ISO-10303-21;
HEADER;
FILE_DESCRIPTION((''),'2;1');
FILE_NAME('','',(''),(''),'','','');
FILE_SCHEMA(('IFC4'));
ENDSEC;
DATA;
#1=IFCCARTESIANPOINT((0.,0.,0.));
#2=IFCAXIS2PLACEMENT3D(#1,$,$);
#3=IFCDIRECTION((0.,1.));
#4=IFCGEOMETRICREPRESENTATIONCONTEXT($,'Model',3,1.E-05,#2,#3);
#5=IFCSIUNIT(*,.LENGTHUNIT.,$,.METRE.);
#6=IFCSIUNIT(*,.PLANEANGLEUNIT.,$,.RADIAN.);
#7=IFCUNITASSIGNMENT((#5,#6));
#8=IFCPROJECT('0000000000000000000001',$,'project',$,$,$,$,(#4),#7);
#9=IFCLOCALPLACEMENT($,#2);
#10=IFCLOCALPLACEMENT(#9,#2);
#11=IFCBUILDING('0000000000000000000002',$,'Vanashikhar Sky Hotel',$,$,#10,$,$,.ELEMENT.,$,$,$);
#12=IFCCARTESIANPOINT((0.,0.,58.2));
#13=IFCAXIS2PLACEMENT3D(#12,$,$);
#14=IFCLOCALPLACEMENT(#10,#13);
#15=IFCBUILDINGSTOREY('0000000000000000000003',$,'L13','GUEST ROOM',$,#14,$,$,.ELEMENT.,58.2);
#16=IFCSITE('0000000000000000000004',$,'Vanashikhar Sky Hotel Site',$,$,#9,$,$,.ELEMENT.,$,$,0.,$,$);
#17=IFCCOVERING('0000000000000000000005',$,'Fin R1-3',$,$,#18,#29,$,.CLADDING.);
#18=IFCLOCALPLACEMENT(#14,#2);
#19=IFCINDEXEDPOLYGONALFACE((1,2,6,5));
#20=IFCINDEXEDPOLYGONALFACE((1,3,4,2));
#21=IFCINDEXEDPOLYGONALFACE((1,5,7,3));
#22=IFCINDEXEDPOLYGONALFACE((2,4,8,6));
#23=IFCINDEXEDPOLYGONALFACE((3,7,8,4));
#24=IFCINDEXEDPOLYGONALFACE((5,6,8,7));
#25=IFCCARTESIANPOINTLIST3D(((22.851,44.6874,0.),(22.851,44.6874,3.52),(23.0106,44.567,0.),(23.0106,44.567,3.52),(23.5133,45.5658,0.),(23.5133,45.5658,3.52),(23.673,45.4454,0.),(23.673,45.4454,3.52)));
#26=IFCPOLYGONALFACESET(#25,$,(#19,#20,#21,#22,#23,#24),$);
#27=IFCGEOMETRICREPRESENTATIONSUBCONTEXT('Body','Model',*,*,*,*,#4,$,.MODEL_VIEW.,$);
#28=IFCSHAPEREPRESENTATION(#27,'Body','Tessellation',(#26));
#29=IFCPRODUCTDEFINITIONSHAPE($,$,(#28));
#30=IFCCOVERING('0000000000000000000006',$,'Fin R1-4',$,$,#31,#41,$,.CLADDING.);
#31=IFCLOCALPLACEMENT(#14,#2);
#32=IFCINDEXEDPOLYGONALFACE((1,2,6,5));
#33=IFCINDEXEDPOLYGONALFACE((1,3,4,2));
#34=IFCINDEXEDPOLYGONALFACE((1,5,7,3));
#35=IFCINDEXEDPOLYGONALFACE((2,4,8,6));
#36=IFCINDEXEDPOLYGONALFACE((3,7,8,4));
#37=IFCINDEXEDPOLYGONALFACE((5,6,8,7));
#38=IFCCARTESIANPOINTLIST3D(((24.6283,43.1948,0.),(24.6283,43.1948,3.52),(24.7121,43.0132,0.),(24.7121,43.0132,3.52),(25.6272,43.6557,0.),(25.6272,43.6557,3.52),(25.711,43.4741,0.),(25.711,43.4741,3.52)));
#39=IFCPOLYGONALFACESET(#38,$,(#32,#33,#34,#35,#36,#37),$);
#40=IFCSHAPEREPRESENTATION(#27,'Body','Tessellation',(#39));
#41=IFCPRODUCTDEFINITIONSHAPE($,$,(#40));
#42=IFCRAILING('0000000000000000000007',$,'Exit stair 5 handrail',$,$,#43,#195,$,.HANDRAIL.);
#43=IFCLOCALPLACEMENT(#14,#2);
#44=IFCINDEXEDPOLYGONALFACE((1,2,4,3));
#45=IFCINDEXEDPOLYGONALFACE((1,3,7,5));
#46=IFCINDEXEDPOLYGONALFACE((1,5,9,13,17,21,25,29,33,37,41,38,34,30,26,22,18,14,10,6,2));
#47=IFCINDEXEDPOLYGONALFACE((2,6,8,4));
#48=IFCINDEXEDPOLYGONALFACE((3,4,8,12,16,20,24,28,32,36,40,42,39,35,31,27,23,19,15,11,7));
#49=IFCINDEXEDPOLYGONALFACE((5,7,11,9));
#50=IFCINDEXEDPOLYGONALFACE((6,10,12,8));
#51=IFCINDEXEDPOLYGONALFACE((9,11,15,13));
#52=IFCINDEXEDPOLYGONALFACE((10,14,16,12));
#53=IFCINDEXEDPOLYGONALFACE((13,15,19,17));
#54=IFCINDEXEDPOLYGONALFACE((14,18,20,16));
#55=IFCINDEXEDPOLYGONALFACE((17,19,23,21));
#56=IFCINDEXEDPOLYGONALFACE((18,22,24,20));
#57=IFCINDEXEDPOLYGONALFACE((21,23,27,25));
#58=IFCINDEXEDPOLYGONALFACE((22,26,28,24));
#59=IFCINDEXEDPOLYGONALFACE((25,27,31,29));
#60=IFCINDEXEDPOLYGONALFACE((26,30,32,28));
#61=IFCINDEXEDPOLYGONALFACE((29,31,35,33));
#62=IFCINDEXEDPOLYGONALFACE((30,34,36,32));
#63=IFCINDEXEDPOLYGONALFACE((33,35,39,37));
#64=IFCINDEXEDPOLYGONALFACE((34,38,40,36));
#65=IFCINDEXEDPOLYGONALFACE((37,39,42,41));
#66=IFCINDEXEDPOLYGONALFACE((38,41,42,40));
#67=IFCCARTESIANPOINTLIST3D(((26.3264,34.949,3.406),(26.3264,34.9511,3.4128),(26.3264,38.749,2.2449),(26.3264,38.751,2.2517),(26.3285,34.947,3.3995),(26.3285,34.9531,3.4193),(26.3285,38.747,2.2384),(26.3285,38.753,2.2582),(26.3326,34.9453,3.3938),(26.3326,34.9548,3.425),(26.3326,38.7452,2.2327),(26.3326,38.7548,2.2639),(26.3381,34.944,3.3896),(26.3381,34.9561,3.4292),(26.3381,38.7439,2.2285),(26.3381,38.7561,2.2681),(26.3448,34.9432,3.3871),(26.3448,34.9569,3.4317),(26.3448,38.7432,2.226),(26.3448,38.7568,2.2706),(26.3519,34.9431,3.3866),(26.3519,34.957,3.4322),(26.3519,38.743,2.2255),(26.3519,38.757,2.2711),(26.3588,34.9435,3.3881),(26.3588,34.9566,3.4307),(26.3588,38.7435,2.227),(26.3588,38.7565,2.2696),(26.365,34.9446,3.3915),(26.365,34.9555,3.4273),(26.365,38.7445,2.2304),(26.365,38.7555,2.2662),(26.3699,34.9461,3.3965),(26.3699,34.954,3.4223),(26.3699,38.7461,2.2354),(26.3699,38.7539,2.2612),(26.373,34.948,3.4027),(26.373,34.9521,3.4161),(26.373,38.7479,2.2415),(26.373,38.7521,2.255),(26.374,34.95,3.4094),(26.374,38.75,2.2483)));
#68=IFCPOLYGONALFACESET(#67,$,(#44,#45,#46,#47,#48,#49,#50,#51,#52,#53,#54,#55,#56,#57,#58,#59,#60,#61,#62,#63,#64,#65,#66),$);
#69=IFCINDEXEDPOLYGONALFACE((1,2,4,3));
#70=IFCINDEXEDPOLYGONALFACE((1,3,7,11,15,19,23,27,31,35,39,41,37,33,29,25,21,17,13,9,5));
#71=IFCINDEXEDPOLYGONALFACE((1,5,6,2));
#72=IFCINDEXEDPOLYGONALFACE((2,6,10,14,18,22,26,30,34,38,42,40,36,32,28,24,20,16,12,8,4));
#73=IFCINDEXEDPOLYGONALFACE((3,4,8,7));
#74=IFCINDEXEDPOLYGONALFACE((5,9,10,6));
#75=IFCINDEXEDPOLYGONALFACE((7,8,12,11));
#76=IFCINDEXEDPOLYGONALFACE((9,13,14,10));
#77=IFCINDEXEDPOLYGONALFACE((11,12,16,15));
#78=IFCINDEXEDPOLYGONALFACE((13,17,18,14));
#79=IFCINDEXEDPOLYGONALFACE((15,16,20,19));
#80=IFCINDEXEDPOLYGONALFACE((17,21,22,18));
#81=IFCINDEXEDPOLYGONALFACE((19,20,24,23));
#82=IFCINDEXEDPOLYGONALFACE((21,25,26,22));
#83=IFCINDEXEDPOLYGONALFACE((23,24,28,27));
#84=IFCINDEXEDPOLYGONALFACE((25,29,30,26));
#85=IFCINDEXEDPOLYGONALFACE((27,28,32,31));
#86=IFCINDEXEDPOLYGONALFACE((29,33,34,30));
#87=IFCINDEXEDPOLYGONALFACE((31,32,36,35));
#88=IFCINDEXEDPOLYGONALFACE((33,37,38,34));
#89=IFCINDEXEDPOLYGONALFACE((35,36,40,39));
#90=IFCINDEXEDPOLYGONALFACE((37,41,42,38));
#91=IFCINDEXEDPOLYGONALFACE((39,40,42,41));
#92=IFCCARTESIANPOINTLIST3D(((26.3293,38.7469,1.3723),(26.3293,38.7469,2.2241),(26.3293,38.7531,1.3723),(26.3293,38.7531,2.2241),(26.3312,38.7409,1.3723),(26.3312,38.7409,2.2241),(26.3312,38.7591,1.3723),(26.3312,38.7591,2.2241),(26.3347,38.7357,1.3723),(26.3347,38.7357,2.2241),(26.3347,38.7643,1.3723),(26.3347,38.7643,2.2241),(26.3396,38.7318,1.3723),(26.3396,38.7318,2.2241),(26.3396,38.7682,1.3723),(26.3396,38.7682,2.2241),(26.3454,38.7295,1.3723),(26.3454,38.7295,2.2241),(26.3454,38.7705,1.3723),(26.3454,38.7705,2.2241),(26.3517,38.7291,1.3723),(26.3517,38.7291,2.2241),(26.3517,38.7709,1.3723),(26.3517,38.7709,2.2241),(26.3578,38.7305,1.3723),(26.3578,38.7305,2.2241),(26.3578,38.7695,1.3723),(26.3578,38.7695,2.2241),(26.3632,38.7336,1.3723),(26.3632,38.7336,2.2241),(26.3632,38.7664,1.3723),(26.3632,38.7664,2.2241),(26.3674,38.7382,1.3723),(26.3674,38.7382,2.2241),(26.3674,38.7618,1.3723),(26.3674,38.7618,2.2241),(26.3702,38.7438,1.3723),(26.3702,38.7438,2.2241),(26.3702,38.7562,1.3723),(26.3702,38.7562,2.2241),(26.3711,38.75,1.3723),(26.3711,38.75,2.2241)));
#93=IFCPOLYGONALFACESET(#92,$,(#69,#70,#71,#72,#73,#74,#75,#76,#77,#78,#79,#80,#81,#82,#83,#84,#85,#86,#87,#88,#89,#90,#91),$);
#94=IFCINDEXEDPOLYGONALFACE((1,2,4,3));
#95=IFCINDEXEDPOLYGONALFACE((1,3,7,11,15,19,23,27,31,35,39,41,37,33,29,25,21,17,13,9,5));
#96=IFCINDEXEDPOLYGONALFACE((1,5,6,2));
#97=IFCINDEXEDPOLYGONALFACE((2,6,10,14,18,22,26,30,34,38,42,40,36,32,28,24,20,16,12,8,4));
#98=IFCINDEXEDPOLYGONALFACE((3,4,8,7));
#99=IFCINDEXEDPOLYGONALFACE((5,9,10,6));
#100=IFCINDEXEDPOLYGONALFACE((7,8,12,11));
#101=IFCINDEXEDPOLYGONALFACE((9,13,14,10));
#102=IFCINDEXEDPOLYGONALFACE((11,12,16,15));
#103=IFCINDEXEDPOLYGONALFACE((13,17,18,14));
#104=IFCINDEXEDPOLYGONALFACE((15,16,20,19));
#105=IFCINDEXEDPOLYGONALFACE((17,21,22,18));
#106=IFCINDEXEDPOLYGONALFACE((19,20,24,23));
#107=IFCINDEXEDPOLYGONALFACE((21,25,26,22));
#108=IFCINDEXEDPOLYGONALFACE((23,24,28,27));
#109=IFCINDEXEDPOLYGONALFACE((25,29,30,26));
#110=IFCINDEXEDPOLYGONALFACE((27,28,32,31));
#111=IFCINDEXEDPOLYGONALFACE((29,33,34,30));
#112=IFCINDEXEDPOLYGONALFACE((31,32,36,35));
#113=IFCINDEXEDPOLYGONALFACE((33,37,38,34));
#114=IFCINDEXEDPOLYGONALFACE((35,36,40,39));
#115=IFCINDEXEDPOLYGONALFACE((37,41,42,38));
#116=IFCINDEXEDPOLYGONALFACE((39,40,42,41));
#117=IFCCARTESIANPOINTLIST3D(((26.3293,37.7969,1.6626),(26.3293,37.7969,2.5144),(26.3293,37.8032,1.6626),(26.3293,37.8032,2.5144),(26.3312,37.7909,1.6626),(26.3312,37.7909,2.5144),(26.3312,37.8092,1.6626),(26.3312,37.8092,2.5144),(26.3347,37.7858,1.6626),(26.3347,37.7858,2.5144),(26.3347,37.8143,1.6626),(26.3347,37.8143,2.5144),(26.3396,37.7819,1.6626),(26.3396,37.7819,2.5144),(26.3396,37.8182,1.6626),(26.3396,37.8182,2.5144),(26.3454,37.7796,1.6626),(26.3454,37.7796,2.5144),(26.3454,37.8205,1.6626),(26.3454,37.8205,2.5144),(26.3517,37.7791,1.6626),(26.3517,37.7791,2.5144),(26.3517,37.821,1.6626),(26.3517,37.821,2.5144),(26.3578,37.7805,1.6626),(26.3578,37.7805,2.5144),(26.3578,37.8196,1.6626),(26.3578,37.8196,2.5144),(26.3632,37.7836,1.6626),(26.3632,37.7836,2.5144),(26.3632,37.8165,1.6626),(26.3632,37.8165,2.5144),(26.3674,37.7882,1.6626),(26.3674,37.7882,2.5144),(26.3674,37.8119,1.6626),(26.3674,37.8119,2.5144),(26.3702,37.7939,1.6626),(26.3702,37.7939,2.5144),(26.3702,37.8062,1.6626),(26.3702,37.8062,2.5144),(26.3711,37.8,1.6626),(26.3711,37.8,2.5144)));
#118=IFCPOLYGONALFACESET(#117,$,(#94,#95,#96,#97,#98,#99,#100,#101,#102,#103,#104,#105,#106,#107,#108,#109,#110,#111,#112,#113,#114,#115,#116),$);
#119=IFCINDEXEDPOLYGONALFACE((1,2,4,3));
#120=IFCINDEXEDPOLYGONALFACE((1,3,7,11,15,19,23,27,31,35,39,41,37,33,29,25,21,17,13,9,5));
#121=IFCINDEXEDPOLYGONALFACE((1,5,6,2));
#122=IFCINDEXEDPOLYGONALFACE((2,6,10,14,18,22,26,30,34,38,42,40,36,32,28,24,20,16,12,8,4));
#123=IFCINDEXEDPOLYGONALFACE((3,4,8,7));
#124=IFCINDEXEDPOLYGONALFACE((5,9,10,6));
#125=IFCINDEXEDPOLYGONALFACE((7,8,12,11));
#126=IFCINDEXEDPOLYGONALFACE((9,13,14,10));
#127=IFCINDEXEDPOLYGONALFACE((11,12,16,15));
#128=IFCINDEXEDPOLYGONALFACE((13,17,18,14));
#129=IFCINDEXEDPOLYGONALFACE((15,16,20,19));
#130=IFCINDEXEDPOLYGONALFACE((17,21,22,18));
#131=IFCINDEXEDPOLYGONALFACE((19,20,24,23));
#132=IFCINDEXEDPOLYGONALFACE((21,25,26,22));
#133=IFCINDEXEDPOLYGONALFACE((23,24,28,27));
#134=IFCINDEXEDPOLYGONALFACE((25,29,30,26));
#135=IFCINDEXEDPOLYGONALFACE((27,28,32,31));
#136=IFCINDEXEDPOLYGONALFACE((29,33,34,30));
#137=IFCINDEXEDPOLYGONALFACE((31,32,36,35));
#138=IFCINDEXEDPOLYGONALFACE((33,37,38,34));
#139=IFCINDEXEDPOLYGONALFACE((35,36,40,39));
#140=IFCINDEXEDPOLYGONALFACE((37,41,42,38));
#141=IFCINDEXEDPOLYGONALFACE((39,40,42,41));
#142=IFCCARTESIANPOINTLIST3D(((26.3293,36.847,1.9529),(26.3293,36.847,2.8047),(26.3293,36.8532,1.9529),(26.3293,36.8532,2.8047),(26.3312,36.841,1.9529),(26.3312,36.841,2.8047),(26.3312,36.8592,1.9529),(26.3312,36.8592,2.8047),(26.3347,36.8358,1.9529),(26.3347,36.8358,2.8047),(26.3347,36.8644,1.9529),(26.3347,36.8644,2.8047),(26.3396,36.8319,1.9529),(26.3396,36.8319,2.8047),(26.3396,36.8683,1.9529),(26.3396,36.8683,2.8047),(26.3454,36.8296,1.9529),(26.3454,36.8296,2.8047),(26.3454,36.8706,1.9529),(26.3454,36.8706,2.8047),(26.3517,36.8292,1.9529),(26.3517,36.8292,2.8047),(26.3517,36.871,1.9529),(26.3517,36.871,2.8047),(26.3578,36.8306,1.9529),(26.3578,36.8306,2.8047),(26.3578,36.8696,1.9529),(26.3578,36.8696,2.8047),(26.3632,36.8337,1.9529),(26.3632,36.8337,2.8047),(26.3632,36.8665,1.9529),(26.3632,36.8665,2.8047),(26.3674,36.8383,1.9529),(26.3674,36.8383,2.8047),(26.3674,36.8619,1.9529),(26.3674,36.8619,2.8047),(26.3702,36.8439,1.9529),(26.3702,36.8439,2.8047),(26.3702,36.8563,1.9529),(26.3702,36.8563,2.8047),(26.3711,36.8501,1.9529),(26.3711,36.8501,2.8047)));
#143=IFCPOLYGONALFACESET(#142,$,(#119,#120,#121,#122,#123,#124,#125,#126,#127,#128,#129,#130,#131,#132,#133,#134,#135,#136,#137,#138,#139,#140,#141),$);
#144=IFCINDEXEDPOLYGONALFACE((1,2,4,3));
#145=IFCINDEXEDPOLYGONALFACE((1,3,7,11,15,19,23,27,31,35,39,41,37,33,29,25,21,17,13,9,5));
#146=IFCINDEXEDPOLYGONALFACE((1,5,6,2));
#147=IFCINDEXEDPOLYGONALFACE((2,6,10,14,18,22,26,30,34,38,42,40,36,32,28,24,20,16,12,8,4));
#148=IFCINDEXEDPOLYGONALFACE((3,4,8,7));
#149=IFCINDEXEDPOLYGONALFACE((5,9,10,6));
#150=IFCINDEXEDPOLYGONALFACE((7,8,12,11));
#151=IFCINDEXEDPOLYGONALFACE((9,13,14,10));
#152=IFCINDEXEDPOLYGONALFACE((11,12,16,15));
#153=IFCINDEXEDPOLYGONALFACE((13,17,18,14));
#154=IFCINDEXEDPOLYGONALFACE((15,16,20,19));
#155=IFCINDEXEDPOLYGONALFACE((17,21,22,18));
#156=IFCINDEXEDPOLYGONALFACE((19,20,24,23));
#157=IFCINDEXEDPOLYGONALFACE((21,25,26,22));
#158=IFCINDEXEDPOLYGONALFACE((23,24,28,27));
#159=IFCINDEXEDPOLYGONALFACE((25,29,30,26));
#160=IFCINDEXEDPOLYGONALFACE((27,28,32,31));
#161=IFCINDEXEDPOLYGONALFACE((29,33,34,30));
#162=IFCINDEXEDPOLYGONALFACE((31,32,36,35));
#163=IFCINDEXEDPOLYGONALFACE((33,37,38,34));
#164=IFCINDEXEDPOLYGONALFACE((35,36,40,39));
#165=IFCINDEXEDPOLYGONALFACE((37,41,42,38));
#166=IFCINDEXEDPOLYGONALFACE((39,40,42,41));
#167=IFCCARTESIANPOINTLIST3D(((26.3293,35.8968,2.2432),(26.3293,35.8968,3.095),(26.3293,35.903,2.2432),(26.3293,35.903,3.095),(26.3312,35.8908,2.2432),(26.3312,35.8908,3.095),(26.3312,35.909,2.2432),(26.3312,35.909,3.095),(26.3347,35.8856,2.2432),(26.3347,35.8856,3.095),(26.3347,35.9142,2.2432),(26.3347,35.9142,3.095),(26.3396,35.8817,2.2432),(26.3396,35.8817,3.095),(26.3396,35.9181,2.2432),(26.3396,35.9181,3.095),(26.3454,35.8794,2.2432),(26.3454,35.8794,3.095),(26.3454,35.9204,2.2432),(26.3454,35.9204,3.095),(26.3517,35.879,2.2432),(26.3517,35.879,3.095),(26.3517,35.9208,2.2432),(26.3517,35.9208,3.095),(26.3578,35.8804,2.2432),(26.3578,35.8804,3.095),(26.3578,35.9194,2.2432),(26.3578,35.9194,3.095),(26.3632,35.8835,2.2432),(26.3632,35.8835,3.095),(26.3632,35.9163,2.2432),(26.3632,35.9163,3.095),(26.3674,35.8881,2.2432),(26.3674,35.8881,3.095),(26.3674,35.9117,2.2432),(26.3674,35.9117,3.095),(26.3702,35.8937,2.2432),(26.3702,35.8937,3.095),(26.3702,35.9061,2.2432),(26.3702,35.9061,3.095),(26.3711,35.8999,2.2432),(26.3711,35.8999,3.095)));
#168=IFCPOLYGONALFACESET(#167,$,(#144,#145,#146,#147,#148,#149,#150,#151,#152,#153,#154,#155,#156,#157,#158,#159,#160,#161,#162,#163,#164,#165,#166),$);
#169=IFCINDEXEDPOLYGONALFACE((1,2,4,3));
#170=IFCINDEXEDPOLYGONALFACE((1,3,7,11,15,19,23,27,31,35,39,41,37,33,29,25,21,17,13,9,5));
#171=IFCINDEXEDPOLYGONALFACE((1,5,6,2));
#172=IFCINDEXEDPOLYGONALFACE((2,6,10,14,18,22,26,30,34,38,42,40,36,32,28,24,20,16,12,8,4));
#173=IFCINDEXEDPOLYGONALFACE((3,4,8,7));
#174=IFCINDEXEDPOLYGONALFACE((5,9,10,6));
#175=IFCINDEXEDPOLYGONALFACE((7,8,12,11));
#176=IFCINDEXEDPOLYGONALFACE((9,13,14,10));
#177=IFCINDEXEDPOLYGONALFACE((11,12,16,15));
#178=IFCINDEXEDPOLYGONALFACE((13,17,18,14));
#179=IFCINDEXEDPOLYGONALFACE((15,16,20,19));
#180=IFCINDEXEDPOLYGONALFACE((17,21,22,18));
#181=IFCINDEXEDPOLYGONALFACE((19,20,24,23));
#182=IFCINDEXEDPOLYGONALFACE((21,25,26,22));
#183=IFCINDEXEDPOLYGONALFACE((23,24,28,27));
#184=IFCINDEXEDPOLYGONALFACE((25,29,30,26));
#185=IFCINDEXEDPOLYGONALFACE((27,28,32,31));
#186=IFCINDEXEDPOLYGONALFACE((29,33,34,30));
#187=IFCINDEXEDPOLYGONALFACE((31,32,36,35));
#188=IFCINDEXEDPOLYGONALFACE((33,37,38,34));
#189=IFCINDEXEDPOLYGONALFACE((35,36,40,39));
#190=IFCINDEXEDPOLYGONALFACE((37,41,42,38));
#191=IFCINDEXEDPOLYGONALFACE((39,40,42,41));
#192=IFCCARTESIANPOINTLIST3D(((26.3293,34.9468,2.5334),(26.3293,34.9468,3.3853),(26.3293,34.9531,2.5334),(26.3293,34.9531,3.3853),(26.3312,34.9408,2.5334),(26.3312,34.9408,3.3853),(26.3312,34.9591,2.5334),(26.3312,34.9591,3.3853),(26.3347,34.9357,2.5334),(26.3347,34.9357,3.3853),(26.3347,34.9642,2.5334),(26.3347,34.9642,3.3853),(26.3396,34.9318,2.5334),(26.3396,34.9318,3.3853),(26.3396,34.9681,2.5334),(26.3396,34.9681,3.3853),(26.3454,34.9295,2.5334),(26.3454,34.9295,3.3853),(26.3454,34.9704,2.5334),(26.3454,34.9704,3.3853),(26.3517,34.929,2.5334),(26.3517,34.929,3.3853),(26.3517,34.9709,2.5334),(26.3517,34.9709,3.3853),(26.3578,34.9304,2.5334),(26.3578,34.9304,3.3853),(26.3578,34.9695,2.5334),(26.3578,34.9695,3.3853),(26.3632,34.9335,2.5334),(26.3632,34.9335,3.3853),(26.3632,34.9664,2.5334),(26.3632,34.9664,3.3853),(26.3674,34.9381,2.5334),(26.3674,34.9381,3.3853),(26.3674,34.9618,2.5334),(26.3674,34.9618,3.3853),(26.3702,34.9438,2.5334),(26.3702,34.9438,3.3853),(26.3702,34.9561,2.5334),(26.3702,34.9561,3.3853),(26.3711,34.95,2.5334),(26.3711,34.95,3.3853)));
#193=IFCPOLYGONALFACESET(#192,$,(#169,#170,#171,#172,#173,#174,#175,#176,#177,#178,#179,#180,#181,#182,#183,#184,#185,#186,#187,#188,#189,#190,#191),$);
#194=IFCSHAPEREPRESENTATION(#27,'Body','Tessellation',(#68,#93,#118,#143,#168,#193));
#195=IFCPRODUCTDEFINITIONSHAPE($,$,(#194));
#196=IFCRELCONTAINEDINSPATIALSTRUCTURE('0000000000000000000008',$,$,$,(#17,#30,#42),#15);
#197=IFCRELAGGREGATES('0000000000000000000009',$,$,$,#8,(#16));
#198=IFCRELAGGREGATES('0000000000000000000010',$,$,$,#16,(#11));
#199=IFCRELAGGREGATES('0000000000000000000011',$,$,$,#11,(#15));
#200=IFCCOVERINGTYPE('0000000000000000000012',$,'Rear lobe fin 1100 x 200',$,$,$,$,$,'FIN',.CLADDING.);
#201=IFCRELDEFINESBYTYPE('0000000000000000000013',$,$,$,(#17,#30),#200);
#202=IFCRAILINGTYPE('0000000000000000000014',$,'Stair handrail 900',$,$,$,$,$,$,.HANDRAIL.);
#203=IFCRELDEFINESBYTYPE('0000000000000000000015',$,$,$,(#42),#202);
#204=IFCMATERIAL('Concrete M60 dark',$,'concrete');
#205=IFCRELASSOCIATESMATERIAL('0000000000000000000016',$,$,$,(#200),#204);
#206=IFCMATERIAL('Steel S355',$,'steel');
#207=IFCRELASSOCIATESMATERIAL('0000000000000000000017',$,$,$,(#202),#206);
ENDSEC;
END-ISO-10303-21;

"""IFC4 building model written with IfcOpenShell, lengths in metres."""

from ifc_helpers import new_model, si_unit, direction, frame, origin, origin_2d, place, context, subcontext, project, spatial, rectangle, circle, extrude, source, transform, mapped, material, material_profile, profile_set, type_object, element, save


model = new_model("IFC4")

# Units and contexts
model_context = context("Model", 3, precision=1e-05, world=origin(), true_north=direction((0.0, 1.0)))
body_context = subcontext(model_context, "Body", "Model", "MODEL_VIEW")
ifc_project = project(units=[si_unit("LENGTHUNIT", "METRE"), si_unit("PLANEANGLEUNIT", "RADIAN")], contexts=[model_context])

# Site, building, storey
site_placement = place(None, origin())
site = spatial("IfcSite", under=ifc_project, at=site_placement, Name="Vanashikhar Sky Hotel Site", CompositionType="ELEMENT", RefElevation=0.0)
building_placement = place(site_placement, origin())
building = spatial("IfcBuilding", under=site, at=building_placement, Name="Vanashikhar Sky Hotel", CompositionType="ELEMENT")
storey_placement = place(building_placement, frame((0.0, 0.0, 58.2)))
storey = spatial("IfcBuildingStorey", under=building, at=storey_placement, Name="L13", Description="GUEST ROOM", CompositionType="ELEMENT", Elevation=58.2)

# Coverings
ifc_material_1 = material(Name="Concrete M60 dark", Category="concrete")
ifc_material_profile = material_profile(ifc_material_1, rectangle(XDim=1.1001, YDim=0.2, at=origin_2d()))
ifc_profile_set = profile_set([ifc_material_profile], Name="Rear lobe fin 1100 x 200")
covering_type = type_object("IfcCoveringType", Name="Rear lobe fin 1100 x 200", ElementType="FIN", PredefinedType="CLADDING", material=ifc_profile_set)
shared_shape_1 = source(origin(), body_context, "Body", "SweptSolid", [
    extrude(rectangle(XDim=1.1001, YDim=0.2, at=origin_2d()), origin(), (0.0, 0.0, 1.0), 3.52),
])
for number, where, z_axis, x_axis, name in (
    (1, (23.262, 45.0664, 0.0), (0.0, 0.0, 1.0), (0.602066, 0.798446, 0.0), "Fin R1-3"),
    (2, (25.1697, 43.3345, 0.0), (0.0, 0.0, 1.0), (0.908004, 0.418961, 0.0), "Fin R1-4"),
):
    element("IfcCovering", number, at=place(storey_placement, frame(where, z_axis=z_axis, x_axis=x_axis)), inside=storey, type_object=covering_type, Name=name, PredefinedType="CLADDING", context=body_context, shape_type="MappedRepresentation", body=[
        mapped(shared_shape_1, transform((0.0, 0.0, 0.0), scale=1.0)),
    ])

# Railing
ifc_material_2 = material(Name="Steel S355", Category="steel")
railing_type = type_object("IfcRailingType", Name="Stair handrail 900", PredefinedType="HANDRAIL", material=ifc_material_2)
shared_shape_2 = source(origin(), body_context, "Body", "SweptSolid", [
    extrude(circle(Radius=0.0239, at=origin_2d()), frame((0.0, 0.0, 0.876), z_axis=(0.0, -0.956351, 0.29222), x_axis=(1.0, 0.0, 0.0)), (0.0, 0.0, 1.0), 3.9734),
    extrude(circle(Radius=0.021, at=origin_2d()), origin(), (0.0, 0.0, 1.0), 0.8518),
    extrude(circle(Radius=0.021, at=origin_2d()), frame((0.0, -0.95, 0.2903)), (0.0, 0.0, 1.0), 0.8518),
    extrude(circle(Radius=0.021, at=origin_2d()), frame((0.0, -1.8999, 0.5806)), (0.0, 0.0, 1.0), 0.8518),
    extrude(circle(Radius=0.021, at=origin_2d()), frame((0.0, -2.8501, 0.8708)), (0.0, 0.0, 1.0), 0.8518),
    extrude(circle(Radius=0.021, at=origin_2d()), frame((0.0, -3.8, 1.1611)), (0.0, 0.0, 1.0), 0.8518),
])
railing_placement = place(storey_placement, frame((26.3501, 38.75, 1.3723)))
element("IfcRailing", 3, at=railing_placement, inside=storey, type_object=railing_type, Name="Exit stair 5 handrail", PredefinedType="HANDRAIL", context=body_context, shape_type="MappedRepresentation", body=[
    mapped(shared_shape_2, transform((0.0, 0.0, 0.0), scale=1.0)),
])

save(model, "model.ifc")
